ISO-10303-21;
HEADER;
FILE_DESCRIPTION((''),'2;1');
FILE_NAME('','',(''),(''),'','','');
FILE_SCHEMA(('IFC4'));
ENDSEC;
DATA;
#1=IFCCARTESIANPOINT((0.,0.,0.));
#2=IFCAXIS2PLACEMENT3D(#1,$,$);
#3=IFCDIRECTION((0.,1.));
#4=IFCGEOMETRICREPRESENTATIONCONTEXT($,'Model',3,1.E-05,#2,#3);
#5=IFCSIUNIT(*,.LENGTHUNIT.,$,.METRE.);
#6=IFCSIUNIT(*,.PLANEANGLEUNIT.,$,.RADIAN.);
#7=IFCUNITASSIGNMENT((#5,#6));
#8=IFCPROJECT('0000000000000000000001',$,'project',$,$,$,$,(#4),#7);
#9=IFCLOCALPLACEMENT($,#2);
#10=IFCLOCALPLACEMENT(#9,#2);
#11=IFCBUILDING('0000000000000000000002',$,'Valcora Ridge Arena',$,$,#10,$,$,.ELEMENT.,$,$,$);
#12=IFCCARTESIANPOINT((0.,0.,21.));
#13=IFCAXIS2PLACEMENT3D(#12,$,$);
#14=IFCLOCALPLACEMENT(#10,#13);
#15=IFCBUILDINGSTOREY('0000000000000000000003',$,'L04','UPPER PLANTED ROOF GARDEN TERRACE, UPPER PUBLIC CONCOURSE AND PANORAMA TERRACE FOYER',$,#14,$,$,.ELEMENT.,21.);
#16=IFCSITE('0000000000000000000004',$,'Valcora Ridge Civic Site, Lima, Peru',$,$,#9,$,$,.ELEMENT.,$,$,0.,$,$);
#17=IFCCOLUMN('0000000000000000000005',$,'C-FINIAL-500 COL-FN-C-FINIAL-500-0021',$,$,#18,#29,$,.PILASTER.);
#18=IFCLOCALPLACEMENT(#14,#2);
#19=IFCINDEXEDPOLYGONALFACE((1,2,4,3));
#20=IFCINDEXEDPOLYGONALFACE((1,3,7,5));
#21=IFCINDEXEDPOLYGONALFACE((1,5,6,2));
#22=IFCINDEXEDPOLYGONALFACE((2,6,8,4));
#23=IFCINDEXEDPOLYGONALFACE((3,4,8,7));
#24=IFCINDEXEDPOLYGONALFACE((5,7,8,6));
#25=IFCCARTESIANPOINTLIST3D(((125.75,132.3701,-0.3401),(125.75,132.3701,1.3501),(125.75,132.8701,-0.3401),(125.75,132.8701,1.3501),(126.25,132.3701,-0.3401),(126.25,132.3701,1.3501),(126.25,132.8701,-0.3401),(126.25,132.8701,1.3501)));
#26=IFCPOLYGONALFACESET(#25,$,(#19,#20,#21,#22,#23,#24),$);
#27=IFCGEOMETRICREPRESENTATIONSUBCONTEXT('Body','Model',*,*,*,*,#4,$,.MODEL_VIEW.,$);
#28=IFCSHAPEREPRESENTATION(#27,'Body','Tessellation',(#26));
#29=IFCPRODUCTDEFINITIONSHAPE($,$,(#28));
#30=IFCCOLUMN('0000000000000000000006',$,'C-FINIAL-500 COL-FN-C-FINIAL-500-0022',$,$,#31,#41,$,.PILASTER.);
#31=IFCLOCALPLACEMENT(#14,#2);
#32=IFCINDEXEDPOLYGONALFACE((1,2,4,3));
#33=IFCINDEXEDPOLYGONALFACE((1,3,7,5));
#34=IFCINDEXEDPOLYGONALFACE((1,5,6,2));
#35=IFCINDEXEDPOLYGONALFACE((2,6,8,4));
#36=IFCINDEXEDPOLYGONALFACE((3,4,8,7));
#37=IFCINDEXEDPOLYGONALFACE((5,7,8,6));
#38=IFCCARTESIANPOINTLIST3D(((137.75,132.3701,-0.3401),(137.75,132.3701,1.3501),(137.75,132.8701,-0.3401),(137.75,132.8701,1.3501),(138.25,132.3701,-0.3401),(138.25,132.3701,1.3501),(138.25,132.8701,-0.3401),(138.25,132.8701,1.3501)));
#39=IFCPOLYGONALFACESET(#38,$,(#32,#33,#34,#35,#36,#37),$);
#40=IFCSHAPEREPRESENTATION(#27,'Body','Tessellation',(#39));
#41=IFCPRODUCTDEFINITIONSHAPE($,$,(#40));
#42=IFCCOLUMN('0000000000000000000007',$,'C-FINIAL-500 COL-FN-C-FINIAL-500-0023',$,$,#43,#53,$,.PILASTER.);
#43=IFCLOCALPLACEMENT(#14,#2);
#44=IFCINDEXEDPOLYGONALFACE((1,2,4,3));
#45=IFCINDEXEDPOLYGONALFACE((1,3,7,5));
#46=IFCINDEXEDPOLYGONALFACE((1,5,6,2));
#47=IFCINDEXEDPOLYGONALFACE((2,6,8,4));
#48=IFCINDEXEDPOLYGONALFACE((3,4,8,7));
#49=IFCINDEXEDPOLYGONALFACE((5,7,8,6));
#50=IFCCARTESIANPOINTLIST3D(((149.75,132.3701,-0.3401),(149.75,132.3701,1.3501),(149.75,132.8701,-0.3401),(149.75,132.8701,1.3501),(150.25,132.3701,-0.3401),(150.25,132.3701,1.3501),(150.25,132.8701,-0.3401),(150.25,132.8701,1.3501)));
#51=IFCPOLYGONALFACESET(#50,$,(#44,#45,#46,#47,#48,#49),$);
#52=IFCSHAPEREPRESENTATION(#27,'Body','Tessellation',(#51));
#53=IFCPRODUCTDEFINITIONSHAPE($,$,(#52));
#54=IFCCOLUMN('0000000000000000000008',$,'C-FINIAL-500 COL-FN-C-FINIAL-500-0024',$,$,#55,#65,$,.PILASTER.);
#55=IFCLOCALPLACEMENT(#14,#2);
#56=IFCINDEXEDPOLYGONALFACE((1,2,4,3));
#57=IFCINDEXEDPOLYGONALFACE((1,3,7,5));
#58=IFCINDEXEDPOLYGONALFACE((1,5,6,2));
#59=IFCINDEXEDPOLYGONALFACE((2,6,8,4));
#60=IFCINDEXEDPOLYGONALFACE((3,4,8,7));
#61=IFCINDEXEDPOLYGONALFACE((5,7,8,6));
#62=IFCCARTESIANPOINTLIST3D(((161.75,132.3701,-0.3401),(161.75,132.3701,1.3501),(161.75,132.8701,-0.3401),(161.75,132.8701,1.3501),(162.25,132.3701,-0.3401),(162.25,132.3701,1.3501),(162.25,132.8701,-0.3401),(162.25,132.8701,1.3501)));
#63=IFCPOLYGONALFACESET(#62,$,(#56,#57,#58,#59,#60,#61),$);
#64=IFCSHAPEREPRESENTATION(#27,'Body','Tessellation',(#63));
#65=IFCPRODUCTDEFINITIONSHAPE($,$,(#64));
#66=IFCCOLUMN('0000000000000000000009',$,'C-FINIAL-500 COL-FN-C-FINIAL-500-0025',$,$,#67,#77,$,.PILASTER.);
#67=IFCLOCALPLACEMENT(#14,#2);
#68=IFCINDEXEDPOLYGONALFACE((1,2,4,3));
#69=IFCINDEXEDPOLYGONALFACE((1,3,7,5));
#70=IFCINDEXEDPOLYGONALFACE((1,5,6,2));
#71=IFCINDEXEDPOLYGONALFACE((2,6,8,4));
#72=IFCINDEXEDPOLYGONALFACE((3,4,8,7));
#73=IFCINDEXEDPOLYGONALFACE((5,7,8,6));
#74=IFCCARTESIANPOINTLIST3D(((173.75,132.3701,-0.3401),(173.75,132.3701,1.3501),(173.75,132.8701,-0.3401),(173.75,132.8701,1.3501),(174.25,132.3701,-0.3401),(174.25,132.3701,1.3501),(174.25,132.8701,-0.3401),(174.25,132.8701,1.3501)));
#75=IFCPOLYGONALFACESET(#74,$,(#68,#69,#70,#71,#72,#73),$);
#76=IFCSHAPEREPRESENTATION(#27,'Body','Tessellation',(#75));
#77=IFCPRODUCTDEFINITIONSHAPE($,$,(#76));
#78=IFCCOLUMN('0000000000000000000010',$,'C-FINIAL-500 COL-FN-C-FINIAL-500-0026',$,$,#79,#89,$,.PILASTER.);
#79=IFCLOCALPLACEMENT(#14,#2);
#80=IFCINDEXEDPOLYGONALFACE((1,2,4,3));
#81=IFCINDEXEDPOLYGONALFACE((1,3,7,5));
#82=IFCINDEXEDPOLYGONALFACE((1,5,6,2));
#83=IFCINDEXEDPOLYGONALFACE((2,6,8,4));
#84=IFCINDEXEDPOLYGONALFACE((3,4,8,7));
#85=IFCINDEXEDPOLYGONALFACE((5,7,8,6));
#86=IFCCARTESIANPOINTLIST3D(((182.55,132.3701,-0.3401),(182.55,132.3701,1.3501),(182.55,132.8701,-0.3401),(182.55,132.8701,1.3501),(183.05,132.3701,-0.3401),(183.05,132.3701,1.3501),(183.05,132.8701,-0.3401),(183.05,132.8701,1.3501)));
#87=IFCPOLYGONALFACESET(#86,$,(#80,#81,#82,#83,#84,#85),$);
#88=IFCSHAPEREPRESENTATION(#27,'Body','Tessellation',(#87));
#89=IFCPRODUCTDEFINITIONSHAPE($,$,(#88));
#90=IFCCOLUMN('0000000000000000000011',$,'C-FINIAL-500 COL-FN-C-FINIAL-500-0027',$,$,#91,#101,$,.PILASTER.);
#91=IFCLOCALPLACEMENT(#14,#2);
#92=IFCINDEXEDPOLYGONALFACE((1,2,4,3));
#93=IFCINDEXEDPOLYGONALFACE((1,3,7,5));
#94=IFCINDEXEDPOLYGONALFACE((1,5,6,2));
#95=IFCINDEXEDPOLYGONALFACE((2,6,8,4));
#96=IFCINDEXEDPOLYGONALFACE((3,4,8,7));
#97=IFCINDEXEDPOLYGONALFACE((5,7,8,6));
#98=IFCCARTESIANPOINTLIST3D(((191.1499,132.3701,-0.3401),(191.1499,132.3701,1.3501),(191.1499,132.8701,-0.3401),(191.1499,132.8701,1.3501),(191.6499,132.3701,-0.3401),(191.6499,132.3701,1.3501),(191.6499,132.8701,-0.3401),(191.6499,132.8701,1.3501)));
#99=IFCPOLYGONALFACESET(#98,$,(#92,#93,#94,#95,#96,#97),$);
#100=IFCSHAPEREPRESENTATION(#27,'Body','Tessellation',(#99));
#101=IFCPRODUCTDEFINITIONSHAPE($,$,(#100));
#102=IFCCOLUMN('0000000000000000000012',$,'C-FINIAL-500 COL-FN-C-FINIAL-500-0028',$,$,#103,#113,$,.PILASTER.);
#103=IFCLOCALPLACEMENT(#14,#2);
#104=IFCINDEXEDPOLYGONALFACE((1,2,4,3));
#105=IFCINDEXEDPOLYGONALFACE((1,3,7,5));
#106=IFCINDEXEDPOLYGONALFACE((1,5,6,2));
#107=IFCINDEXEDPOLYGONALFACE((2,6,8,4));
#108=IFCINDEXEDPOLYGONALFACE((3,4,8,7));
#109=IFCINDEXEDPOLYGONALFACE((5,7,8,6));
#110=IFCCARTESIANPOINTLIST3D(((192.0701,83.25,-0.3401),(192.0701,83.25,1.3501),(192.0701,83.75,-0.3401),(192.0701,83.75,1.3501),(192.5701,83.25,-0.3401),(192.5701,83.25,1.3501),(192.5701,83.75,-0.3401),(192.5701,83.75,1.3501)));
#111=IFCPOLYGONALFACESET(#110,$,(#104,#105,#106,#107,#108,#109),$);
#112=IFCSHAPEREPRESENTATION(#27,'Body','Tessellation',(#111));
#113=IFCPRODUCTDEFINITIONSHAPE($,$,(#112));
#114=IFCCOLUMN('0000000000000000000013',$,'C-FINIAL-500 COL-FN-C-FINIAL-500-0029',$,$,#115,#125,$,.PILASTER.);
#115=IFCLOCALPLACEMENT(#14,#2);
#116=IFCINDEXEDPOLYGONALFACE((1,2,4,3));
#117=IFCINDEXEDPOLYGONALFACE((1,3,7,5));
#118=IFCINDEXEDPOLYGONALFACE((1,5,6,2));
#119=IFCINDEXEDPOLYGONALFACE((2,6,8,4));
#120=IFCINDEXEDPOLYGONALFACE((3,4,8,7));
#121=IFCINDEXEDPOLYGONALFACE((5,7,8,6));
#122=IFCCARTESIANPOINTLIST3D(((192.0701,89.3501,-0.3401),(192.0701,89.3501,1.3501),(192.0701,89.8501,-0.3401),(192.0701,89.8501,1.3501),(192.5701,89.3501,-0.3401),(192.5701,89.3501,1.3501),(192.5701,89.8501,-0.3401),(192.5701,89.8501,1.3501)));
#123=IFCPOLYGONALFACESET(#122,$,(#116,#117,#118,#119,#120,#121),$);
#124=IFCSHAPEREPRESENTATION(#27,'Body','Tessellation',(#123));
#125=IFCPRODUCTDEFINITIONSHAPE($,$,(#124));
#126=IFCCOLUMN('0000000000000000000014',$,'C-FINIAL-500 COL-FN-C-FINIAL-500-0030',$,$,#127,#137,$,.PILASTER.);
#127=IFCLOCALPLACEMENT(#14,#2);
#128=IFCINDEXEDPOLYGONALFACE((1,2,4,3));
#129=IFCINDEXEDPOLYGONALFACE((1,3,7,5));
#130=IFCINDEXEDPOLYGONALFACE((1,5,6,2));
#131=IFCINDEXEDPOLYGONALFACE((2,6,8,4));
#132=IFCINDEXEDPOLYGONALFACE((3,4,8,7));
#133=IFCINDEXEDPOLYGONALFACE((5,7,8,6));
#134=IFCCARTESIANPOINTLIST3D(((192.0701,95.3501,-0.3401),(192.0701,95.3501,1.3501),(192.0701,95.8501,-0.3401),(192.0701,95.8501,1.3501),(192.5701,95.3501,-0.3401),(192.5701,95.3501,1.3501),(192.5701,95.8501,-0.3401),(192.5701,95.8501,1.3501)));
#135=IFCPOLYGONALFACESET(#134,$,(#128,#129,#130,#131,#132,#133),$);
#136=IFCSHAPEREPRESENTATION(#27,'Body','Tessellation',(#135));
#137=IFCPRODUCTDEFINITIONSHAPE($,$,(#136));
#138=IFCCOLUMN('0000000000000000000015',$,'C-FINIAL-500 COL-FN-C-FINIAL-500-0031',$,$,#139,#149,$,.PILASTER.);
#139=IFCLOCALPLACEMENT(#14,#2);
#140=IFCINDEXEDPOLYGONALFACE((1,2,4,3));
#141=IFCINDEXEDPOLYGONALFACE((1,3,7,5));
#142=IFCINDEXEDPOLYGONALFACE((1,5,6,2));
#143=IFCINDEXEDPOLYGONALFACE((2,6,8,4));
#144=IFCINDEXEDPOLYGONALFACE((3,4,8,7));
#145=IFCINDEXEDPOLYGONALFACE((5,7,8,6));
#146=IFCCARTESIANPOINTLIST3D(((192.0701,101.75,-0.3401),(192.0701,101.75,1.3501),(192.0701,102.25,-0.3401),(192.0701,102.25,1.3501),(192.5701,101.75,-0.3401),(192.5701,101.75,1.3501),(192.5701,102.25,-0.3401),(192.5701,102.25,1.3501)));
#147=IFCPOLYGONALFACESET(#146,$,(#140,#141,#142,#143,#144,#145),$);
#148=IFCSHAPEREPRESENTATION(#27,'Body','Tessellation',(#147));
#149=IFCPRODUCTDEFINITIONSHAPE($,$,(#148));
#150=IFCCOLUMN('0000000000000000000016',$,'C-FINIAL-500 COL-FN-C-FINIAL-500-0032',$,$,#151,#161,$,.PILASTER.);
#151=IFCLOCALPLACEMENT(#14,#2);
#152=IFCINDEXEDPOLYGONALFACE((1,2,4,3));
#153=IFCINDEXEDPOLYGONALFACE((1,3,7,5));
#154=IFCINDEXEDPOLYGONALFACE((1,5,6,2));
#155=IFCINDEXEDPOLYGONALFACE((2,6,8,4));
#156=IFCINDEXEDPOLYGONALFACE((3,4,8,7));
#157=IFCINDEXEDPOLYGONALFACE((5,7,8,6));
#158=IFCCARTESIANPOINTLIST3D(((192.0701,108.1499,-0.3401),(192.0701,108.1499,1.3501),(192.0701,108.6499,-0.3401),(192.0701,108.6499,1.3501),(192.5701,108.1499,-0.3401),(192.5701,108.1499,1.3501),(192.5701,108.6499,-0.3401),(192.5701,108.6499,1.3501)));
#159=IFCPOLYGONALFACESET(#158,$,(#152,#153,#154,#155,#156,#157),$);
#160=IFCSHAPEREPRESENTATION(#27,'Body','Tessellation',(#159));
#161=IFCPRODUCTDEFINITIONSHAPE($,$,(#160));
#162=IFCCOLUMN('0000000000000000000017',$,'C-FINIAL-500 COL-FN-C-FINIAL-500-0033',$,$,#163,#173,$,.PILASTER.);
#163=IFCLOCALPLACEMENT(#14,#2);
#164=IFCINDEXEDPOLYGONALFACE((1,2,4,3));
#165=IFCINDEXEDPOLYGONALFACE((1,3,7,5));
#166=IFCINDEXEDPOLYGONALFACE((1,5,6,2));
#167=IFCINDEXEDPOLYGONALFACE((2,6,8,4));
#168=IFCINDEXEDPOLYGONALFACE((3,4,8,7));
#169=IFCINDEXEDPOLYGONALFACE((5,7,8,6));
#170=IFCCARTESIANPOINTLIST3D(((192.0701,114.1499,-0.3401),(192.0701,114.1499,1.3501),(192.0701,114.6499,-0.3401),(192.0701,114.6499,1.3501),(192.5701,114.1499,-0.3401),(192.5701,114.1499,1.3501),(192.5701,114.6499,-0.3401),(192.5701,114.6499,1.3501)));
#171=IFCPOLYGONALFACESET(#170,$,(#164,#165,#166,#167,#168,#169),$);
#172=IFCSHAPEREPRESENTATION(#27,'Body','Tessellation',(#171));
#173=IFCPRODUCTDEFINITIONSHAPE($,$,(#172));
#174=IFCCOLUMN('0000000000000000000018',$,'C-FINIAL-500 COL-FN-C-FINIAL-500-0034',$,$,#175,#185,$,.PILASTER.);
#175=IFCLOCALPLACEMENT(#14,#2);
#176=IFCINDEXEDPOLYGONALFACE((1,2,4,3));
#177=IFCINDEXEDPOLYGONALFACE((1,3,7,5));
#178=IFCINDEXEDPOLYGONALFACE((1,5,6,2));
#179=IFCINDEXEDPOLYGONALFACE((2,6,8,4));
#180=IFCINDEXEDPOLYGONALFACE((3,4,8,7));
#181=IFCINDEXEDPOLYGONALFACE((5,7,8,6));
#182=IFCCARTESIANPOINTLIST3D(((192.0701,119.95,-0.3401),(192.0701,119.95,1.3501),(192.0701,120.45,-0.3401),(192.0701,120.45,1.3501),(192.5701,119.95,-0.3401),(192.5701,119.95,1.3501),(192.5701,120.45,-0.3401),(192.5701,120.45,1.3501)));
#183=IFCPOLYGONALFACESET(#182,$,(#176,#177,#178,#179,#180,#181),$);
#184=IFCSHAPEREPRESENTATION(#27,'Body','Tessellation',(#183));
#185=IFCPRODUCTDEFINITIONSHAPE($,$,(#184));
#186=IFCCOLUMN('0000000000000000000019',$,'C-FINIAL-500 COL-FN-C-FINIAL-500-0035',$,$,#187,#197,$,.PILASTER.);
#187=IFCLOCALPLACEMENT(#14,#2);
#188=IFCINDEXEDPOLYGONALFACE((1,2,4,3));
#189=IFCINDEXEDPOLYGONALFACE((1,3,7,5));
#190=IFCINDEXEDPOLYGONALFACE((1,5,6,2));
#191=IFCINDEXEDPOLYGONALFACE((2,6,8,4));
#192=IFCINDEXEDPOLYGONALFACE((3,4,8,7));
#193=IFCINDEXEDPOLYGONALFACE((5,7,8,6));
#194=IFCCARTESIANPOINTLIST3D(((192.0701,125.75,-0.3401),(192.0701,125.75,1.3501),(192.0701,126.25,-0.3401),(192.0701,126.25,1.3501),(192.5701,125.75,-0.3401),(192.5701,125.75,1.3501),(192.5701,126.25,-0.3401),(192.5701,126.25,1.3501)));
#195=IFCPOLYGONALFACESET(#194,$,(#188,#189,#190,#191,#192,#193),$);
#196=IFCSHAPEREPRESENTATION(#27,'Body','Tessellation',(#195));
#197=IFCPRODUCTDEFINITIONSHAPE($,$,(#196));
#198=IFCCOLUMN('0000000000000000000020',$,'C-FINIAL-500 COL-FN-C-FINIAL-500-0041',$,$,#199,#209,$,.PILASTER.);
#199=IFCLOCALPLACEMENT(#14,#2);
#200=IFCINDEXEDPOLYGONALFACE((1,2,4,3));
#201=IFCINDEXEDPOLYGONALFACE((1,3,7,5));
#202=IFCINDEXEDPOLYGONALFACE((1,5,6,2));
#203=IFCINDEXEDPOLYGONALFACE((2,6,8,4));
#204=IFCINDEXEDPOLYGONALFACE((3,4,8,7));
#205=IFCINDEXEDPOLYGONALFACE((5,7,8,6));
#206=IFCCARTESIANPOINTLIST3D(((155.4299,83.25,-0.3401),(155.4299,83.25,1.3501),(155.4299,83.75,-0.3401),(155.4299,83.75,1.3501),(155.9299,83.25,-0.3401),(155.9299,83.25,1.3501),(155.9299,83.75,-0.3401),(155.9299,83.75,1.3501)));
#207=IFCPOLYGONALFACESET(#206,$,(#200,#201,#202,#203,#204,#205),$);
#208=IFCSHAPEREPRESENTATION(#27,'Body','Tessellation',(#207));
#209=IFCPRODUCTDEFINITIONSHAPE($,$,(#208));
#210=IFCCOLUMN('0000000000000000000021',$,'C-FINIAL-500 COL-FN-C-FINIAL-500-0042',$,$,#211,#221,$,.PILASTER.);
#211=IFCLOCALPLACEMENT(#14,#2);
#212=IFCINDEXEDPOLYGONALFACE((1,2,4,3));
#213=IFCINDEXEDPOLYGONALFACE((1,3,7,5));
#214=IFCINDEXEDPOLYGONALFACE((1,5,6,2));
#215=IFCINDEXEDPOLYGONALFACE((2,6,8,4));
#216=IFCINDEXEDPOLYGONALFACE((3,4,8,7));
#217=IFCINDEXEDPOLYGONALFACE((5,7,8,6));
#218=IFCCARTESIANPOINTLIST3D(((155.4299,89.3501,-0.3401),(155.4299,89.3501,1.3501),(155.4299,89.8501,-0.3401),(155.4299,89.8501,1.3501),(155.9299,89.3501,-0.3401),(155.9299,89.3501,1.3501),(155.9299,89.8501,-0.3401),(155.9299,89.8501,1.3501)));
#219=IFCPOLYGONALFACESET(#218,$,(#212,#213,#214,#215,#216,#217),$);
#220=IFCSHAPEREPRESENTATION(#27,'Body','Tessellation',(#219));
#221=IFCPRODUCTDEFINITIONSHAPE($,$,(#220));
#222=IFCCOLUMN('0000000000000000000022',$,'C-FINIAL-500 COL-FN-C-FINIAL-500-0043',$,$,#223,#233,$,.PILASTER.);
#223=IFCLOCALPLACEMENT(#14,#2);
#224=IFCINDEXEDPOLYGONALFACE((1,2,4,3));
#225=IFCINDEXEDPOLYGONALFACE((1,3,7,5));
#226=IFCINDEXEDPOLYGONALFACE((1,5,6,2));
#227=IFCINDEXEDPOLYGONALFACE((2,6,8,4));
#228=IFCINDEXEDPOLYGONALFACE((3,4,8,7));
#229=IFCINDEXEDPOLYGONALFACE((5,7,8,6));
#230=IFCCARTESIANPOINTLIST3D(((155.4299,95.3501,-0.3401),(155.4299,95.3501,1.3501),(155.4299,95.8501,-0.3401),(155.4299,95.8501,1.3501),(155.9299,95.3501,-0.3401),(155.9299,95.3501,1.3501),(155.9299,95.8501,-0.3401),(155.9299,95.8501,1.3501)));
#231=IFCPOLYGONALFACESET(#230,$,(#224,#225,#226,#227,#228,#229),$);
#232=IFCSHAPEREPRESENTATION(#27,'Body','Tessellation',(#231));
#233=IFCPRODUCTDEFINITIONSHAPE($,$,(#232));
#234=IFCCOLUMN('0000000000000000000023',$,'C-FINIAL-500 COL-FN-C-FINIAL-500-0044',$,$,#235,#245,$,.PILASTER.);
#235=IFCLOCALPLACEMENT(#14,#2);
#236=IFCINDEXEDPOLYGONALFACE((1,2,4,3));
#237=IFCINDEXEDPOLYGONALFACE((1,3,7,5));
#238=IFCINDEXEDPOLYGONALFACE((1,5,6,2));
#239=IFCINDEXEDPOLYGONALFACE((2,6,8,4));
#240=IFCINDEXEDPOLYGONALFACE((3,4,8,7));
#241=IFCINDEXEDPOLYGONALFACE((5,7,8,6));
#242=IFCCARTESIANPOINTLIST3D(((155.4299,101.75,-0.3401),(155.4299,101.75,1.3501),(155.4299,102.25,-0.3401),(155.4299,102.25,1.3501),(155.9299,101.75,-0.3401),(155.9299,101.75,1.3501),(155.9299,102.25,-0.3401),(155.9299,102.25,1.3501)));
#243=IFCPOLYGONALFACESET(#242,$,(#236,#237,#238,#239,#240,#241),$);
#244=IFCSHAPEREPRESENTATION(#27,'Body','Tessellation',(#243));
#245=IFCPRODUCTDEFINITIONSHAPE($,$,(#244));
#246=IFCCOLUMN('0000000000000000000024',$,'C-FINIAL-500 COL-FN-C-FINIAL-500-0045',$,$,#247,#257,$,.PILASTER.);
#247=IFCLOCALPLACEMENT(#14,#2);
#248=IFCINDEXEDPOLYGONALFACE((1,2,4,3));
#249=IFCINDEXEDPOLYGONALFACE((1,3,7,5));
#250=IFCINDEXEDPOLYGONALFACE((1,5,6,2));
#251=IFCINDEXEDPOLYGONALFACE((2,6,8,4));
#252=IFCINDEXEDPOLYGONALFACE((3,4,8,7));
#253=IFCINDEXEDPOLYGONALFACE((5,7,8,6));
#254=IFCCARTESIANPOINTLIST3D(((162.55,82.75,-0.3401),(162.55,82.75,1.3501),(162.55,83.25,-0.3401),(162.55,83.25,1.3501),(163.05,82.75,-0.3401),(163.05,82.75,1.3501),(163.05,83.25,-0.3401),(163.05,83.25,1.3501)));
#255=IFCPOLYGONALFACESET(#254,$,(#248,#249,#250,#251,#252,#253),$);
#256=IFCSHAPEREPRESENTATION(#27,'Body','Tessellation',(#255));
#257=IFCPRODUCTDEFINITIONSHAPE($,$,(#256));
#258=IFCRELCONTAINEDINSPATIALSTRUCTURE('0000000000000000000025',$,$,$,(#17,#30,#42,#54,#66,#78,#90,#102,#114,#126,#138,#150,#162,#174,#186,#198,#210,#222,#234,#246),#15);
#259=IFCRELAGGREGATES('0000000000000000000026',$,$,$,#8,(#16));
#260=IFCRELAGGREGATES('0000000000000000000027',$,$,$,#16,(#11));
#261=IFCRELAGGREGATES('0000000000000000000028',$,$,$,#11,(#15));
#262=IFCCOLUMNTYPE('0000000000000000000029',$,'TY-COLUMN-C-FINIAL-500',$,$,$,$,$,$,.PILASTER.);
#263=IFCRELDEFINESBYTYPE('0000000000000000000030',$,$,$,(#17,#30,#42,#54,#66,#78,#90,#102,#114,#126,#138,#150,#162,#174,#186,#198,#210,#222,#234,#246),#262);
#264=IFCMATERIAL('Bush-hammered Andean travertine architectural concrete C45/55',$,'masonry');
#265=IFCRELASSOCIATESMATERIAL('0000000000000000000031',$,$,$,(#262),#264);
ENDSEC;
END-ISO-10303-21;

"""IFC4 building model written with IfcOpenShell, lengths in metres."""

from ifc_helpers import new_model, si_unit, direction, frame, origin, origin_2d, place, context, subcontext, project, spatial, rectangle, extrude, material, material_profile, profile_set, type_object, element, save


model = new_model("IFC4")

# Units and contexts
model_context = context("Model", 3, precision=1e-05, world=origin(), true_north=direction((0.0, 1.0)))
body_context = subcontext(model_context, "Body", "Model", "MODEL_VIEW")
ifc_project = project(units=[si_unit("LENGTHUNIT", "METRE"), si_unit("PLANEANGLEUNIT", "RADIAN")], contexts=[model_context])

# Site, building, storey
site_placement = place(None, origin())
site = spatial("IfcSite", under=ifc_project, at=site_placement, Name="Valcora Ridge Civic Site, Lima, Peru", CompositionType="ELEMENT", RefElevation=0.0)
building_placement = place(site_placement, origin())
building = spatial("IfcBuilding", under=site, at=building_placement, Name="Valcora Ridge Arena", CompositionType="ELEMENT")
storey_placement = place(building_placement, frame((0.0, 0.0, 21.0)))
storey = spatial("IfcBuildingStorey", under=building, at=storey_placement, Name="L04", Description="UPPER PLANTED ROOF GARDEN TERRACE, UPPER PUBLIC CONCOURSE AND PANORAMA TERRACE FOYER", CompositionType="ELEMENT", Elevation=21.0)

# Columns
ifc_material_1 = material(Name="Bush-hammered Andean travertine architectural concrete C45/55", Category="masonry")
ifc_material_profile = material_profile(ifc_material_1, rectangle(XDim=0.5, YDim=0.5, at=origin_2d()), Name="RC 500x500")
ifc_profile_set = profile_set([ifc_material_profile], Name="Bush-hammered Andean travertine architectural concrete C45/55")
column_type = type_object("IfcColumnType", Name="TY-COLUMN-C-FINIAL-500", PredefinedType="PILASTER", material=ifc_profile_set)
for number, where, z_axis, x_axis, name in (
    (1, (126.0, 132.6201, -0.3401), (0.0, 0.0, 1.0), (1.0, 0.0, 0.0), "C-FINIAL-500 COL-FN-C-FINIAL-500-0021"),
    (2, (138.0, 132.6201, -0.3401), (0.0, 0.0, 1.0), (1.0, 0.0, 0.0), "C-FINIAL-500 COL-FN-C-FINIAL-500-0022"),
    (3, (150.0, 132.6201, -0.3401), (0.0, 0.0, 1.0), (1.0, 0.0, 0.0), "C-FINIAL-500 COL-FN-C-FINIAL-500-0023"),
    (4, (162.0, 132.6201, -0.3401), (0.0, 0.0, 1.0), (1.0, 0.0, 0.0), "C-FINIAL-500 COL-FN-C-FINIAL-500-0024"),
    (5, (174.0, 132.6201, -0.3401), (0.0, 0.0, 1.0), (1.0, 0.0, 0.0), "C-FINIAL-500 COL-FN-C-FINIAL-500-0025"),
    (6, (182.8, 132.6201, -0.3401), (0.0, 0.0, 1.0), (1.0, 0.0, 0.0), "C-FINIAL-500 COL-FN-C-FINIAL-500-0026"),
    (7, (191.3999, 132.6201, -0.3401), (0.0, 0.0, 1.0), (1.0, 0.0, 0.0), "C-FINIAL-500 COL-FN-C-FINIAL-500-0027"),
    (8, (192.3201, 83.5, -0.3401), (0.0, 0.0, 1.0), (1.0, 0.0, 0.0), "C-FINIAL-500 COL-FN-C-FINIAL-500-0028"),
    (9, (192.3201, 89.6001, -0.3401), (0.0, 0.0, 1.0), (1.0, 0.0, 0.0), "C-FINIAL-500 COL-FN-C-FINIAL-500-0029"),
    (10, (192.3201, 95.6001, -0.3401), (0.0, 0.0, 1.0), (1.0, 0.0, 0.0), "C-FINIAL-500 COL-FN-C-FINIAL-500-0030"),
    (11, (192.3201, 102.0, -0.3401), (0.0, 0.0, 1.0), (1.0, 0.0, 0.0), "C-FINIAL-500 COL-FN-C-FINIAL-500-0031"),
    (12, (192.3201, 108.3999, -0.3401), (0.0, 0.0, 1.0), (1.0, 0.0, 0.0), "C-FINIAL-500 COL-FN-C-FINIAL-500-0032"),
    (13, (192.3201, 114.3999, -0.3401), (0.0, 0.0, 1.0), (1.0, 0.0, 0.0), "C-FINIAL-500 COL-FN-C-FINIAL-500-0033"),
    (14, (192.3201, 120.2, -0.3401), (0.0, 0.0, 1.0), (1.0, 0.0, 0.0), "C-FINIAL-500 COL-FN-C-FINIAL-500-0034"),
    (15, (192.3201, 126.0, -0.3401), (0.0, 0.0, 1.0), (1.0, 0.0, 0.0), "C-FINIAL-500 COL-FN-C-FINIAL-500-0035"),
    (16, (155.6799, 83.5, -0.3401), (0.0, 0.0, 1.0), (1.0, 0.0, 0.0), "C-FINIAL-500 COL-FN-C-FINIAL-500-0041"),
    (17, (155.6799, 89.6001, -0.3401), (0.0, 0.0, 1.0), (1.0, 0.0, 0.0), "C-FINIAL-500 COL-FN-C-FINIAL-500-0042"),
    (18, (155.6799, 95.6001, -0.3401), (0.0, 0.0, 1.0), (1.0, 0.0, 0.0), "C-FINIAL-500 COL-FN-C-FINIAL-500-0043"),
    (19, (155.6799, 102.0, -0.3401), (0.0, 0.0, 1.0), (1.0, 0.0, 0.0), "C-FINIAL-500 COL-FN-C-FINIAL-500-0044"),
    (20, (162.8, 83.0, -0.3401), (0.0, 0.0, 1.0), (1.0, 0.0, 0.0), "C-FINIAL-500 COL-FN-C-FINIAL-500-0045"),
):
    element("IfcColumn", number, at=place(storey_placement, frame(where, z_axis=z_axis, x_axis=x_axis)), inside=storey, type_object=column_type, Name=name, PredefinedType="PILASTER", context=body_context, shape_type="SweptSolid", body=[
        extrude(rectangle(XDim=0.5, YDim=0.5, at=origin_2d()), origin(), (0.0, 0.0, 1.0), 1.6902),
    ])

save(model, "model.ifc")
